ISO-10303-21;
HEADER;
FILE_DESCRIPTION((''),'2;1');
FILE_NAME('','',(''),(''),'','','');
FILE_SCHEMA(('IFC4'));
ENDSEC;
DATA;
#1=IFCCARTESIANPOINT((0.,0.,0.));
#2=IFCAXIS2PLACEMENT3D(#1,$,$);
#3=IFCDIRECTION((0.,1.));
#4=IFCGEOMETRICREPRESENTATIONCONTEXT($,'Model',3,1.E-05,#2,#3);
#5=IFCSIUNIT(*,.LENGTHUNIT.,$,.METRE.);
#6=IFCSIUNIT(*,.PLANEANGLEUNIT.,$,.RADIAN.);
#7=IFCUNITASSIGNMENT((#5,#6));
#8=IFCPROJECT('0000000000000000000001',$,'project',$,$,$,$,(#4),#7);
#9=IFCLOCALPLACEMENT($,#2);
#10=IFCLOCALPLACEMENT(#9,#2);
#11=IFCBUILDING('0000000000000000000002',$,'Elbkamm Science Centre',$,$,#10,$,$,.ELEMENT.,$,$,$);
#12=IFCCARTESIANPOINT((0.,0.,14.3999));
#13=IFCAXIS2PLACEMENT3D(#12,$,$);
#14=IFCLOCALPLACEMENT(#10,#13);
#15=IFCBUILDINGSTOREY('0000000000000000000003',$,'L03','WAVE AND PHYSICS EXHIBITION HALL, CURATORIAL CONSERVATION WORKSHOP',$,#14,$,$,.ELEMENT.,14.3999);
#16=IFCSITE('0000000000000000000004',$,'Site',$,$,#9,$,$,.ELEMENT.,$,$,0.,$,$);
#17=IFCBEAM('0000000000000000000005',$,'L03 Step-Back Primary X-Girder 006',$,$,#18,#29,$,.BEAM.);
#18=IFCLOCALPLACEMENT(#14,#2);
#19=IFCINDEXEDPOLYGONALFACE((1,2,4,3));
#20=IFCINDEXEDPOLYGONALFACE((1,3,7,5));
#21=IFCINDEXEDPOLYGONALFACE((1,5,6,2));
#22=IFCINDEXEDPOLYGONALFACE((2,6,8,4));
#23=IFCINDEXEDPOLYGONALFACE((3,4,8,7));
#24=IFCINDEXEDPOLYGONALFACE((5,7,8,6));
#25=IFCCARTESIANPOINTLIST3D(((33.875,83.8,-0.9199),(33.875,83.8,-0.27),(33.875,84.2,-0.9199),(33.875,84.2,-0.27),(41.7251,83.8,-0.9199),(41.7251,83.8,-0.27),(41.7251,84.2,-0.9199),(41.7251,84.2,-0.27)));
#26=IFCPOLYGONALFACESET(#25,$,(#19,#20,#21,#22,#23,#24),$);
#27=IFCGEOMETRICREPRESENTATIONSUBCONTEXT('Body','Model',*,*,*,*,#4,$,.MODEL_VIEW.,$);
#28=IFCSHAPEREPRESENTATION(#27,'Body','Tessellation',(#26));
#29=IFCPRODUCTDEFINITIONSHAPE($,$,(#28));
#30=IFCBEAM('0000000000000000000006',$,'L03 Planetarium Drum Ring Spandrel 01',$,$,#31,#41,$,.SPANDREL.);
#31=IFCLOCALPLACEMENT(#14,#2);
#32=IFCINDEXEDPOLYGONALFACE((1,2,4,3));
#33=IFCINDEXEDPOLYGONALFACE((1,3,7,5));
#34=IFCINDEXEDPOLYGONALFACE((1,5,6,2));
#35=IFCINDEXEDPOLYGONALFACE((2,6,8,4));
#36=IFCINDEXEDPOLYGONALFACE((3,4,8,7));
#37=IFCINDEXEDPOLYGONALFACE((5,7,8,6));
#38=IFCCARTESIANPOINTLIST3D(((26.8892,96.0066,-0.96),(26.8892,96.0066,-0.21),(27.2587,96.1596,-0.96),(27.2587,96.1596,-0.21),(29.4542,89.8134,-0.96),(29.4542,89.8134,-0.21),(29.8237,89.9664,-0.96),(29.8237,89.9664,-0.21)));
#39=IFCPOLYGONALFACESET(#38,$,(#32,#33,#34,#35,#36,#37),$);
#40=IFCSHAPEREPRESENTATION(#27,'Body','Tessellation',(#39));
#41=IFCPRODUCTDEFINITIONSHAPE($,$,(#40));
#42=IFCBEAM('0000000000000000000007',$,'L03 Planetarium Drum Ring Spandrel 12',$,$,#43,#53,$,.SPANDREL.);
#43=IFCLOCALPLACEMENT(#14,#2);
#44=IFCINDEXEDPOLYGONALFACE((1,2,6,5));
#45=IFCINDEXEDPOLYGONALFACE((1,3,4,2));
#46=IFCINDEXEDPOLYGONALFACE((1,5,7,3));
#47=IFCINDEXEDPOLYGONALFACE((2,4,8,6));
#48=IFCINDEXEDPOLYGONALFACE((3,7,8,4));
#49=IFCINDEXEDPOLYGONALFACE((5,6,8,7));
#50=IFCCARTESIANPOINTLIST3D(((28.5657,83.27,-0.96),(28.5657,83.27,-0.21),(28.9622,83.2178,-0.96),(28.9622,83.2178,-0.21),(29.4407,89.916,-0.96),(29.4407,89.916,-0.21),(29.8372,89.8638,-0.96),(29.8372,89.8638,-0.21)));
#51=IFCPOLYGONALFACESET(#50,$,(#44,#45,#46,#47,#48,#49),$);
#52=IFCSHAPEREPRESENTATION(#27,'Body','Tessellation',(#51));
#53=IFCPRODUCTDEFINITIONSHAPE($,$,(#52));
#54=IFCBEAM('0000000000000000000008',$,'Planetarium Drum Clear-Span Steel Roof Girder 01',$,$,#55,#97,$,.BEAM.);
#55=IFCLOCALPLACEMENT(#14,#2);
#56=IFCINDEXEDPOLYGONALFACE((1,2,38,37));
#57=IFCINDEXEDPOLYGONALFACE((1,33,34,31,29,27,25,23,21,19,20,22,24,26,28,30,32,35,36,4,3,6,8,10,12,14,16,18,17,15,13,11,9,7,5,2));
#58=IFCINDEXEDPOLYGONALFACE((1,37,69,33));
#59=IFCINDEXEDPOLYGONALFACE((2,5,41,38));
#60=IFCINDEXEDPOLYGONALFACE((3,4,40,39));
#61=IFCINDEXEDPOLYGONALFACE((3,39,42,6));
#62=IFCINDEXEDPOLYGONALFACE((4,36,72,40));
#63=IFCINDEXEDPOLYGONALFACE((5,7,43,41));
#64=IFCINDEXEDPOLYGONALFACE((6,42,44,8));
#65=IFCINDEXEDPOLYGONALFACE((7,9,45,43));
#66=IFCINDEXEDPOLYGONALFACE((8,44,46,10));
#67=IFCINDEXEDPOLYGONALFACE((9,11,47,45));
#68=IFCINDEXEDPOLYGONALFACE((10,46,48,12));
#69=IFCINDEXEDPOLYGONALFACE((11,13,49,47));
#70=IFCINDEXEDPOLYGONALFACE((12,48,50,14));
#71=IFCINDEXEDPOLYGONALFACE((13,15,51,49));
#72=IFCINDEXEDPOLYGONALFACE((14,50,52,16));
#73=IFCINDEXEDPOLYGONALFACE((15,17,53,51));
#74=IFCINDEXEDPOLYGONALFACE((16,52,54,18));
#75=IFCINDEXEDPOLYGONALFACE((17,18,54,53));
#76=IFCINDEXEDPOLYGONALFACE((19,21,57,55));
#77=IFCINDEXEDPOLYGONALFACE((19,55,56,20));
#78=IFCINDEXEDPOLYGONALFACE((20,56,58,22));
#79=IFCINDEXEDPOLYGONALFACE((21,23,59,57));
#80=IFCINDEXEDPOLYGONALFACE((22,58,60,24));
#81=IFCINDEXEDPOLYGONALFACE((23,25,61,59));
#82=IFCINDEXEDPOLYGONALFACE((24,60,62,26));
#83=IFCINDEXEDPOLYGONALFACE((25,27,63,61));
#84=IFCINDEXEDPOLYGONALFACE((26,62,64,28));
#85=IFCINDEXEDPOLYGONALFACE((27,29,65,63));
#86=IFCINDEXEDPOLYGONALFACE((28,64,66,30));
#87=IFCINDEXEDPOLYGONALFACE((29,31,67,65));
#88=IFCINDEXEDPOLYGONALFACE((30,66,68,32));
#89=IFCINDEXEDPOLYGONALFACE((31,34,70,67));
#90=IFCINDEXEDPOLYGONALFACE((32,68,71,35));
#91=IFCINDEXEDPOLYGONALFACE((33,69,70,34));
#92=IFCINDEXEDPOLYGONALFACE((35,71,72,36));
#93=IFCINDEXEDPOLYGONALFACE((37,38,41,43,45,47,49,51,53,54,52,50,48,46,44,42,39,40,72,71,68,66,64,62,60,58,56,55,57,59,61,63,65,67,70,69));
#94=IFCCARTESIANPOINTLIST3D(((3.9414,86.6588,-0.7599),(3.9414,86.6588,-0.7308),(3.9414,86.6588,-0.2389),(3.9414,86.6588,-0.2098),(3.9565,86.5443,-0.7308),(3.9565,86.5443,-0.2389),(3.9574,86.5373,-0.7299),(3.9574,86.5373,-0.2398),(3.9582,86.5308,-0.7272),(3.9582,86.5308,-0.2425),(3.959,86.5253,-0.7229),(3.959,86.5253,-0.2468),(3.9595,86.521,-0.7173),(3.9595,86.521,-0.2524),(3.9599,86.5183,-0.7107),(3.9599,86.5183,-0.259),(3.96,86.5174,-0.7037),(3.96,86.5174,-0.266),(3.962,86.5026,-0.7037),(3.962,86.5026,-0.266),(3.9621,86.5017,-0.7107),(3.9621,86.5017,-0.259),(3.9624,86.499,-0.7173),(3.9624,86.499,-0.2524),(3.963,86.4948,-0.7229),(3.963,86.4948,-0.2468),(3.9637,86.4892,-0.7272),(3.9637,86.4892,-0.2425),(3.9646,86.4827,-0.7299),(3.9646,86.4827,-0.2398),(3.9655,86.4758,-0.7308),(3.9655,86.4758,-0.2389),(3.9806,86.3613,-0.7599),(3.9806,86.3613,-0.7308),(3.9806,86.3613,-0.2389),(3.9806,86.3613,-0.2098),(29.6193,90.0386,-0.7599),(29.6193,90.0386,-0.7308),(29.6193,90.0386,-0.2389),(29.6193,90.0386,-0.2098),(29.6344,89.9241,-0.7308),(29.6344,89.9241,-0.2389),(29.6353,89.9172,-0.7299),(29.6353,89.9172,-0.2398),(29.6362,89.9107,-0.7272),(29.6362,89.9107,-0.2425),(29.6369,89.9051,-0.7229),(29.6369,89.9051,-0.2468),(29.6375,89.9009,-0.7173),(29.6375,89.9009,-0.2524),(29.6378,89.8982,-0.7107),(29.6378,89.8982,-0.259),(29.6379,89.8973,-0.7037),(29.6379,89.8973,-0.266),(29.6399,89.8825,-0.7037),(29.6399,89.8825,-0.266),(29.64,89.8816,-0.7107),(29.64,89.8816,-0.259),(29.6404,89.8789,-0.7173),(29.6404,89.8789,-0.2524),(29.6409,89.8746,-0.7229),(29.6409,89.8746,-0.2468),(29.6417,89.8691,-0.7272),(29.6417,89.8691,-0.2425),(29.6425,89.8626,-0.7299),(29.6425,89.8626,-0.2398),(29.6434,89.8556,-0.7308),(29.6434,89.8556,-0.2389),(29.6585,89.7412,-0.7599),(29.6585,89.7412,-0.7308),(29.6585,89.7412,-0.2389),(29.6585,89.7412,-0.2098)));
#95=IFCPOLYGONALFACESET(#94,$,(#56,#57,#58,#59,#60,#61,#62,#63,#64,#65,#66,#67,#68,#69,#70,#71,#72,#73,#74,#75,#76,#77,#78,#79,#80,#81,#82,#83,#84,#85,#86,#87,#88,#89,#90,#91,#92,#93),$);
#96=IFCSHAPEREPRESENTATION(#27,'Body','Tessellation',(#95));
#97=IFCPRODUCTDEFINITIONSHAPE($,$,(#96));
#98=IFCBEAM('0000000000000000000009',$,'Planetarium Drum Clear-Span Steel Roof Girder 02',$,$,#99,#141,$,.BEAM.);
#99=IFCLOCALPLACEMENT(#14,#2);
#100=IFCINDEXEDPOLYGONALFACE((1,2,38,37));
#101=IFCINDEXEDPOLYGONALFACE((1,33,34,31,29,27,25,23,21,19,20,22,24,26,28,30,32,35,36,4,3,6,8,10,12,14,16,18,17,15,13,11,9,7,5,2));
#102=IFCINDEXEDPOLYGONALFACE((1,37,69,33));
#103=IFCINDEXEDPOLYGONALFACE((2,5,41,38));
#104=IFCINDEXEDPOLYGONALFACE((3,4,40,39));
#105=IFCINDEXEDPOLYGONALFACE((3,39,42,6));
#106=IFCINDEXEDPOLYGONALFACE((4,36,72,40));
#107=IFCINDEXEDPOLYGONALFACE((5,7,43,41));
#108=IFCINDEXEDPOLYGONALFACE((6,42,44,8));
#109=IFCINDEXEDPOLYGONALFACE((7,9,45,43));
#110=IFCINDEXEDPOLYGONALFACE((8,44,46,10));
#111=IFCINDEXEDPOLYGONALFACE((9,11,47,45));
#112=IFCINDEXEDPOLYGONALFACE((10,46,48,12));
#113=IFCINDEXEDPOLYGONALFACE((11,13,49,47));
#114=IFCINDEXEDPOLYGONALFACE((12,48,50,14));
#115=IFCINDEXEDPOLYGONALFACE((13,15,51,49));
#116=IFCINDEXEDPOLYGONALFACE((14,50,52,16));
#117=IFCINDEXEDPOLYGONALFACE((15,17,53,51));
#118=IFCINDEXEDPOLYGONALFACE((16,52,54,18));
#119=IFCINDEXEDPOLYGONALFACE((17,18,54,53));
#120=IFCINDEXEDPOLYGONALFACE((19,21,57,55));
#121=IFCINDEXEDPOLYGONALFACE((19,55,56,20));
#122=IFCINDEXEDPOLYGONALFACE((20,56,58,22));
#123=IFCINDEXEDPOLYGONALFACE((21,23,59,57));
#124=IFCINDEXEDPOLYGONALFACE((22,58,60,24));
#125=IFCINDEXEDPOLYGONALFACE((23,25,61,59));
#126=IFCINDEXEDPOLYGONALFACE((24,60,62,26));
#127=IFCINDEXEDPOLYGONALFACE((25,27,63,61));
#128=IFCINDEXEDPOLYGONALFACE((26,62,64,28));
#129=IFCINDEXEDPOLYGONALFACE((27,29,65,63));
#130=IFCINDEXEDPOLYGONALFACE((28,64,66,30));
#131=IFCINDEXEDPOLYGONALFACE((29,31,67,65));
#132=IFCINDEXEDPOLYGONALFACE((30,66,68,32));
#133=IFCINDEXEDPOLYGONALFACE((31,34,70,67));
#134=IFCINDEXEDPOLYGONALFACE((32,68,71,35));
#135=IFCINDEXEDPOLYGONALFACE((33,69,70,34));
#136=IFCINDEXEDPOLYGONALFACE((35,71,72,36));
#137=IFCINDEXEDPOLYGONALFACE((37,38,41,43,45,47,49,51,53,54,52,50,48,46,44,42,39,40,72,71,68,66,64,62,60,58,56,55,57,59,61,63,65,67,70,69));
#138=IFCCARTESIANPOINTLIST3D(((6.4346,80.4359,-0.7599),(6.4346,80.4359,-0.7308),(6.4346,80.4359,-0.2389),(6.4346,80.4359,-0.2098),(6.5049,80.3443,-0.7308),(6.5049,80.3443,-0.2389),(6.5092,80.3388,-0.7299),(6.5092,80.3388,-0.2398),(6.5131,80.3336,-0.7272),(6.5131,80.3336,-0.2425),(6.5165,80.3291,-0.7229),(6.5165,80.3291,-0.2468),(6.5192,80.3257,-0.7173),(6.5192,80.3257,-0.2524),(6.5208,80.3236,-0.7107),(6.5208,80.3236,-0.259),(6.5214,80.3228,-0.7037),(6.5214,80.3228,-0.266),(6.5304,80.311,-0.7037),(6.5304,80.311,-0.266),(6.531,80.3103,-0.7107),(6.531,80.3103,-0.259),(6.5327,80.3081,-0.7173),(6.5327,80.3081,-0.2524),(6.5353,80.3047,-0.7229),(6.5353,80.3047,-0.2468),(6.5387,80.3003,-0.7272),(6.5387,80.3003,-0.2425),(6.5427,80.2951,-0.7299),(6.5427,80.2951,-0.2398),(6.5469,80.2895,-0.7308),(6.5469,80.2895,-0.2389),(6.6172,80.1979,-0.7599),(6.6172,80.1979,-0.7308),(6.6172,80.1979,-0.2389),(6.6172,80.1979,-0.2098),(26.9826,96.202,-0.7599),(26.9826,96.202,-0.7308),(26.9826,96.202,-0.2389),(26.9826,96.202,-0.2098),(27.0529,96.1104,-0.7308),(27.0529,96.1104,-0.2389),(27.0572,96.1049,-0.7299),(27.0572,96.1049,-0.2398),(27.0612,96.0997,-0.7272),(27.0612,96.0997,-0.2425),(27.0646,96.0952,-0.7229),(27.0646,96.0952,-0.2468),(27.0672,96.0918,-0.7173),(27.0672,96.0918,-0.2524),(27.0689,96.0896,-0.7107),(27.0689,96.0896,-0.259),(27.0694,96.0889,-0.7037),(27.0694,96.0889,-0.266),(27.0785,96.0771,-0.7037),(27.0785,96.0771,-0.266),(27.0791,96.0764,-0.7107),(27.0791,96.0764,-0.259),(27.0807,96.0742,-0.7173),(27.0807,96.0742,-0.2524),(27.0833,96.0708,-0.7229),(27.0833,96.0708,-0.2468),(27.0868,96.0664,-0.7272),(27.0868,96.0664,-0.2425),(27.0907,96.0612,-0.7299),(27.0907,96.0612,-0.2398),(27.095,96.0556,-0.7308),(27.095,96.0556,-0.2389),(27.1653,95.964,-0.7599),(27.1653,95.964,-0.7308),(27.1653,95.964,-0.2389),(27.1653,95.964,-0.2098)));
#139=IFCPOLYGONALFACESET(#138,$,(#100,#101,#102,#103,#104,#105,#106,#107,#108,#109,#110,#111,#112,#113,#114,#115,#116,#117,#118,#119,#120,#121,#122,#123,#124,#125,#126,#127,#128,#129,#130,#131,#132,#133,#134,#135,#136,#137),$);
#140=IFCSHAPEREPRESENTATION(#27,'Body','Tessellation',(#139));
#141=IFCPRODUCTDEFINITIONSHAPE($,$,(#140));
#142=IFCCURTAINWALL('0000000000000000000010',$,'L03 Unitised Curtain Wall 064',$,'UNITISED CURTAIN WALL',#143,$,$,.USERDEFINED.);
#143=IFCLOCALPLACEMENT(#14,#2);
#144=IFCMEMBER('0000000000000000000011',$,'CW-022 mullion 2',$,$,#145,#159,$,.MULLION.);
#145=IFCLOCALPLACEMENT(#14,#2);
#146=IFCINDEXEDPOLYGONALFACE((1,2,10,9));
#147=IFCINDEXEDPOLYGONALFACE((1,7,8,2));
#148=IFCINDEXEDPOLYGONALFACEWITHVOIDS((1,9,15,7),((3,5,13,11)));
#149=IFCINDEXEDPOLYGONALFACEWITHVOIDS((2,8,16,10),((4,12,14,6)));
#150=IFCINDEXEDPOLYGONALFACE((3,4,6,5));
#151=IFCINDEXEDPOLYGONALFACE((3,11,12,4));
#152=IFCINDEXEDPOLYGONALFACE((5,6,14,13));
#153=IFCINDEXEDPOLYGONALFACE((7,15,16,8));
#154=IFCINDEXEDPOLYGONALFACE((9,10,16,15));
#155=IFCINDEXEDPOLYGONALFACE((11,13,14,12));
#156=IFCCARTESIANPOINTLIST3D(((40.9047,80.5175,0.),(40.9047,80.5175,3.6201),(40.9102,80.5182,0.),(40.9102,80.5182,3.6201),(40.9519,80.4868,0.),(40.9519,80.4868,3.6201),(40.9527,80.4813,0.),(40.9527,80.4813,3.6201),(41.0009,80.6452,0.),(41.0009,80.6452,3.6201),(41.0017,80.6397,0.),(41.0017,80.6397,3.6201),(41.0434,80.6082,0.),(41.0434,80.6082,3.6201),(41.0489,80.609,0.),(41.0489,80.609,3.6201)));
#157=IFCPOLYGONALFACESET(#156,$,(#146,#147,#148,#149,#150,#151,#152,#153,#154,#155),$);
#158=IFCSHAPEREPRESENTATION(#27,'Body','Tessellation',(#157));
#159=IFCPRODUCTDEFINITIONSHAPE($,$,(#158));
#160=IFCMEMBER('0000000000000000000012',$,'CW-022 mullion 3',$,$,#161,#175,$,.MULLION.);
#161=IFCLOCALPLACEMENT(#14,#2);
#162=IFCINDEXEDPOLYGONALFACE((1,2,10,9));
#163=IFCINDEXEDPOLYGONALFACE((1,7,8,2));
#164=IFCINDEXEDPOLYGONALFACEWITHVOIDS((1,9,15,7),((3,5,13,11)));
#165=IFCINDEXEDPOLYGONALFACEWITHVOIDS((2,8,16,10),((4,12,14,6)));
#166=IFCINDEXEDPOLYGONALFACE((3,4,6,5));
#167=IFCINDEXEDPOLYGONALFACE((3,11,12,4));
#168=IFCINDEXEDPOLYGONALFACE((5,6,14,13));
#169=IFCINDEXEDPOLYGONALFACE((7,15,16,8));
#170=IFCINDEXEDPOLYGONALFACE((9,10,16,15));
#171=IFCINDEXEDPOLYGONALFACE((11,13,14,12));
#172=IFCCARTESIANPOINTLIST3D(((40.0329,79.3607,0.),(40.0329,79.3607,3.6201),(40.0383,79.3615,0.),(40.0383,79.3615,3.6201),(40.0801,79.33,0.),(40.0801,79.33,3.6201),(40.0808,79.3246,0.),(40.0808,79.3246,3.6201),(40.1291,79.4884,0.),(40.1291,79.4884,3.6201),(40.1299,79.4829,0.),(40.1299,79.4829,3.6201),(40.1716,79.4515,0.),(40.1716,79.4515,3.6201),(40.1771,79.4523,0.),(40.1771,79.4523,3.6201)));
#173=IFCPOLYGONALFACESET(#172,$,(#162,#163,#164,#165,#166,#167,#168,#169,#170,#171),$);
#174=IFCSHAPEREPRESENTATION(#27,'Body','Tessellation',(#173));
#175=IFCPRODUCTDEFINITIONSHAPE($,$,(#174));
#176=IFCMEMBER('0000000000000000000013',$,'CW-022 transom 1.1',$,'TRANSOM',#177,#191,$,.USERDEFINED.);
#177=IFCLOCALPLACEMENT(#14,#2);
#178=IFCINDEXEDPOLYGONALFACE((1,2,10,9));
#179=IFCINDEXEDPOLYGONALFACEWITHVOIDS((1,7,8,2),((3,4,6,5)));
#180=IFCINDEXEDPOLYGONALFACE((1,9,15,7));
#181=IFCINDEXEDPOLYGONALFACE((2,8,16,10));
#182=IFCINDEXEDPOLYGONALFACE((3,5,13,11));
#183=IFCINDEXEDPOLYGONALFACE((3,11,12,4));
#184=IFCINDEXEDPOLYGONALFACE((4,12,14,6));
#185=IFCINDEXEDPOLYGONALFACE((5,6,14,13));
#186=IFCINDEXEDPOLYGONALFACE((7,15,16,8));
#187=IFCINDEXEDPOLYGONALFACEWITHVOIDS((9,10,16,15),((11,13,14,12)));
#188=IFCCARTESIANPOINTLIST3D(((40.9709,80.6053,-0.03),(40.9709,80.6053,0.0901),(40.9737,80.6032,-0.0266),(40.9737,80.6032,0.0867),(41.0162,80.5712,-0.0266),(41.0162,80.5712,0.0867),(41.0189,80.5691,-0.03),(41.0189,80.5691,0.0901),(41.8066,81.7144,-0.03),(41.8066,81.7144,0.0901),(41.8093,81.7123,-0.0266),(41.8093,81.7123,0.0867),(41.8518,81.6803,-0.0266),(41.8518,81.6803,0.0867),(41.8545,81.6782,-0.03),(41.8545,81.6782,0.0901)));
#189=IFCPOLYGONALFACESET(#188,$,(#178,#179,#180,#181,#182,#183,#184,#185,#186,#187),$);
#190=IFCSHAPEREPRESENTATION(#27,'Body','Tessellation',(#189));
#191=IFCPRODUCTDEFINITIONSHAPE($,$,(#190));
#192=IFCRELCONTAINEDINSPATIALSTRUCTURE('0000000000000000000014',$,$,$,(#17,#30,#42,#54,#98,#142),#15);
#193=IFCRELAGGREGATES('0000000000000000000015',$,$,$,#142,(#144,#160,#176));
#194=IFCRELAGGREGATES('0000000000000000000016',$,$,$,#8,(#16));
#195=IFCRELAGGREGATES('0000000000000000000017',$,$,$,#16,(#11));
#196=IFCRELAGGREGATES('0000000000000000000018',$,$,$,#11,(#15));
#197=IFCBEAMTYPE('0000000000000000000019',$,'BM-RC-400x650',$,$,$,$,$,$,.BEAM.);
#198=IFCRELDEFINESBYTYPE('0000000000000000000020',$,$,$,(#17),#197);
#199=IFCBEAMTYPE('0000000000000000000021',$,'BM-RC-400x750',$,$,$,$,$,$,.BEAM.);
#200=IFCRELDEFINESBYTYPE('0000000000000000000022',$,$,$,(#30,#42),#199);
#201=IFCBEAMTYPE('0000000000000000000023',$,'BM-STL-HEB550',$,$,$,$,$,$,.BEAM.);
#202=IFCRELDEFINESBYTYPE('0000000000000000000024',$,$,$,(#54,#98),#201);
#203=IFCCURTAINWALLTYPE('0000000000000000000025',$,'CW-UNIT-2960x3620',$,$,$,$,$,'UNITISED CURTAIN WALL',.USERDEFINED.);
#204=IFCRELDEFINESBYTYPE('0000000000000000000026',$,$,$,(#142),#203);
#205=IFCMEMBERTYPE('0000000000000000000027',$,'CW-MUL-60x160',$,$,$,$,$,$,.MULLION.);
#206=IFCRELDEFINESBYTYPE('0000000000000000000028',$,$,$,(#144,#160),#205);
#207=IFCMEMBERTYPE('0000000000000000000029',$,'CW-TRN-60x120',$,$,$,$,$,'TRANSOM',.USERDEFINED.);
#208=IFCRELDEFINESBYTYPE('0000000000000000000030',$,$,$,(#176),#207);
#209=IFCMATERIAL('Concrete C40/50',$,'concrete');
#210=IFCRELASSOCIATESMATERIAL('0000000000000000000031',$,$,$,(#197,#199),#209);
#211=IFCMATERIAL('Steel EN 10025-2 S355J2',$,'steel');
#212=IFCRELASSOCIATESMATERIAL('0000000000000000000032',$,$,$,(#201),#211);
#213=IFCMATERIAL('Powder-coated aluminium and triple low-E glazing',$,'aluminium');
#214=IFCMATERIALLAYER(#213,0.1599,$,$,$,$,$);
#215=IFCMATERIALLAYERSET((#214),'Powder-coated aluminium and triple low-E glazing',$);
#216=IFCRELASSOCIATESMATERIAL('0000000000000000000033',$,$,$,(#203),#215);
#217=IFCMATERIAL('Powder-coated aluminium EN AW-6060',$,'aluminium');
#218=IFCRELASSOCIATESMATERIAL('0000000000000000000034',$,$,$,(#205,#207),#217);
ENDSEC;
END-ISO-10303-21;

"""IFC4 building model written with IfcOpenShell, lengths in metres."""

from ifc_helpers import new_model, si_unit, direction, frame, origin, origin_2d, place, context, subcontext, project, spatial, rectangle, hollow_rectangle, i_section, extrude, material, layer, layer_set, material_profile, profile_set, type_object, element, aggregate, save


model = new_model("IFC4")

# Units and contexts
model_context = context("Model", 3, precision=1e-05, world=origin(), true_north=direction((0.0, 1.0)))
body_context = subcontext(model_context, "Body", "Model", "MODEL_VIEW")
ifc_project = project(units=[si_unit("LENGTHUNIT", "METRE"), si_unit("PLANEANGLEUNIT", "RADIAN")], contexts=[model_context])

# Site, building, storey
site_placement = place(None, origin())
site = spatial("IfcSite", under=ifc_project, at=site_placement, Name="Site", CompositionType="ELEMENT", RefElevation=0.0)
building_placement = place(site_placement, origin())
building = spatial("IfcBuilding", under=site, at=building_placement, Name="Elbkamm Science Centre", CompositionType="ELEMENT")
storey_placement = place(building_placement, frame((0.0, 0.0, 14.3999)))
storey = spatial("IfcBuildingStorey", under=building, at=storey_placement, Name="L03", Description="WAVE AND PHYSICS EXHIBITION HALL, CURATORIAL CONSERVATION WORKSHOP", CompositionType="ELEMENT", Elevation=14.3999)

# Beams
ifc_material_1 = material(Name="Concrete C40/50", Category="concrete")
ifc_material_profile_1 = material_profile(ifc_material_1, rectangle(XDim=0.3999, YDim=0.6499, at=origin_2d()), Name="RC 400x650")
ifc_profile_set_1 = profile_set([ifc_material_profile_1], Name="Concrete C40/50")
beam_type_1 = type_object("IfcBeamType", Name="BM-RC-400x650", PredefinedType="BEAM", material=ifc_profile_set_1)
beam_1_placement = place(storey_placement, frame((33.875, 84.0, -0.595), z_axis=(1.0, 0.0, 0.0), x_axis=(0.0, 1.0, 0.0)))
element("IfcBeam", 1, at=beam_1_placement, inside=storey, type_object=beam_type_1, Name="L03 Step-Back Primary X-Girder 006", PredefinedType="BEAM", context=body_context, shape_type="SweptSolid", body=[
    extrude(rectangle(XDim=0.3999, YDim=0.6499, at=origin_2d()), origin(), (0.0, 0.0, 1.0), 7.8501),
])
ifc_material_profile_2 = material_profile(ifc_material_1, rectangle(XDim=0.3999, YDim=0.75, at=origin_2d()), Name="RC 400x750")
ifc_profile_set_2 = profile_set([ifc_material_profile_2], Name="Concrete C40/50")
beam_type_2 = type_object("IfcBeamType", Name="BM-RC-400x750", PredefinedType="BEAM", material=ifc_profile_set_2)
for number, where, z_axis, x_axis, name in (
    (2, (29.6389, 89.8899, -0.585), (-0.382641, 0.923897, 0.0), (-0.923897, -0.382641, 0.0), "L03 Planetarium Drum Ring Spandrel 01"),
    (3, (28.7639, 83.2439, -0.585), (0.130532, 0.991444, 0.0), (-0.991444, 0.130532, 0.0), "L03 Planetarium Drum Ring Spandrel 12"),
):
    element("IfcBeam", number, at=place(storey_placement, frame(where, z_axis=z_axis, x_axis=x_axis)), inside=storey, type_object=beam_type_2, Name=name, PredefinedType="SPANDREL", context=body_context, shape_type="SweptSolid", body=[
        extrude(rectangle(XDim=0.3999, YDim=0.75, at=origin_2d()), origin(), (0.0, 0.0, 1.0), 6.7034),
    ])
ifc_material_2 = material(Name="Steel EN 10025-2 S355J2", Category="steel")
ifc_material_profile_3 = material_profile(ifc_material_2, i_section(OverallWidth=0.3, OverallDepth=0.55, WebThickness=0.0149, FlangeThickness=0.0291, FilletRadius=0.0271, at=origin_2d()), Name="HEB 550")
ifc_profile_set_3 = profile_set([ifc_material_profile_3], Name="Steel EN 10025-2 S355J2")
beam_type_3 = type_object("IfcBeamType", Name="BM-STL-HEB550", PredefinedType="BEAM", material=ifc_profile_set_3)
beam_2_placement = place(storey_placement, frame((29.6389, 89.8899, -0.4849), z_axis=(-0.991448, -0.1305, 0.0), x_axis=(0.1305, -0.991448, 0.0)))
element("IfcBeam", 4, at=beam_2_placement, inside=storey, type_object=beam_type_3, Name="Planetarium Drum Clear-Span Steel Roof Girder 01", PredefinedType="BEAM", context=body_context, shape_type="SweptSolid", body=[
    extrude(i_section(OverallWidth=0.3, OverallDepth=0.55, WebThickness=0.0149, FlangeThickness=0.0291, FilletRadius=0.0271, at=origin_2d()), origin(), (0.0, 0.0, 1.0), 25.8994),
])
beam_3_placement = place(storey_placement, frame((27.074, 96.083, -0.4849), z_axis=(-0.793372, -0.608737, 0.0), x_axis=(0.608737, -0.793372, 0.0)))
element("IfcBeam", 5, at=beam_3_placement, inside=storey, type_object=beam_type_3, Name="Planetarium Drum Clear-Span Steel Roof Girder 02", PredefinedType="BEAM", context=body_context, shape_type="SweptSolid", body=[
    extrude(i_section(OverallWidth=0.3, OverallDepth=0.55, WebThickness=0.0149, FlangeThickness=0.0291, FilletRadius=0.0271, at=origin_2d()), origin(), (0.0, 0.0, 1.0), 25.8997),
])

# Curtain wall, members
ifc_material_3 = material(Name="Powder-coated aluminium and triple low-E glazing", Category="aluminium")
ifc_layer_1 = layer(ifc_material_3, 0.1599)
ifc_layer_set_1 = layer_set([ifc_layer_1], Name="Powder-coated aluminium and triple low-E glazing")
curtain_wall_type = type_object("IfcCurtainWallType", Name="CW-UNIT-2960x3620", ElementType="UNITISED CURTAIN WALL", PredefinedType="USERDEFINED", material=ifc_layer_set_1)
curtain_wall_placement = place(storey_placement, origin())
curtain_wall = element("IfcCurtainWall", 6, at=curtain_wall_placement, inside=storey, type_object=curtain_wall_type, Name="L03 Unitised Curtain Wall 064", ObjectType="UNITISED CURTAIN WALL", PredefinedType="USERDEFINED")
ifc_material_4 = material(Name="Powder-coated aluminium EN AW-6060", Category="aluminium")
ifc_material_profile_4 = material_profile(ifc_material_4, hollow_rectangle(XDim=0.0601, YDim=0.1599, WallThickness=0.0039, at=origin_2d()), Name="ALU M60x160")
ifc_profile_set_4 = profile_set([ifc_material_profile_4], Name="Powder-coated aluminium EN AW-6060")
member_type_1 = type_object("IfcMemberType", Name="CW-MUL-60x160", PredefinedType="MULLION", material=ifc_profile_set_4)
member_1_placement = place(storey_placement, frame((40.9768, 80.5632, 0.0), z_axis=(0.0, 0.0, 1.0), x_axis=(0.798586, -0.601881, 0.0)))
member_1 = element("IfcMember", 7, at=member_1_placement, type_object=member_type_1, Name="CW-022 mullion 2", PredefinedType="MULLION", context=body_context, shape_type="SweptSolid", body=[
    extrude(hollow_rectangle(XDim=0.0601, YDim=0.1599, WallThickness=0.0039, at=origin_2d()), origin(), (0.0, 0.0, 1.0), 3.6201),
])
member_2_placement = place(storey_placement, frame((40.105, 79.4065, 0.0), z_axis=(0.0, 0.0, 1.0), x_axis=(0.798586, -0.601881, 0.0)))
member_2 = element("IfcMember", 8, at=member_2_placement, type_object=member_type_1, Name="CW-022 mullion 3", PredefinedType="MULLION", context=body_context, shape_type="SweptSolid", body=[
    extrude(hollow_rectangle(XDim=0.0601, YDim=0.1599, WallThickness=0.0039, at=origin_2d()), origin(), (0.0, 0.0, 1.0), 3.6201),
])
ifc_material_profile_5 = material_profile(ifc_material_4, hollow_rectangle(XDim=0.0601, YDim=0.1201, WallThickness=0.0034, at=origin_2d()), Name="ALU T60x120")
ifc_profile_set_5 = profile_set([ifc_material_profile_5], Name="Powder-coated aluminium EN AW-6060")
member_type_2 = type_object("IfcMemberType", Name="CW-TRN-60x120", ElementType="TRANSOM", PredefinedType="USERDEFINED", material=ifc_profile_set_5)
member_3_placement = place(storey_placement, frame((41.8306, 81.6963, 0.03), z_axis=(-0.601771, -0.798669, 0.0), x_axis=(0.798669, -0.601771, 0.0)))
member_3 = element("IfcMember", 9, at=member_3_placement, type_object=member_type_2, Name="CW-022 transom 1.1", ObjectType="TRANSOM", PredefinedType="USERDEFINED", context=body_context, shape_type="SweptSolid", body=[
    extrude(hollow_rectangle(XDim=0.0601, YDim=0.1201, WallThickness=0.0034, at=origin_2d()), origin(), (0.0, 0.0, 1.0), 1.3887),
])
aggregate(curtain_wall, [member_1, member_2, member_3])

save(model, "model.ifc")
